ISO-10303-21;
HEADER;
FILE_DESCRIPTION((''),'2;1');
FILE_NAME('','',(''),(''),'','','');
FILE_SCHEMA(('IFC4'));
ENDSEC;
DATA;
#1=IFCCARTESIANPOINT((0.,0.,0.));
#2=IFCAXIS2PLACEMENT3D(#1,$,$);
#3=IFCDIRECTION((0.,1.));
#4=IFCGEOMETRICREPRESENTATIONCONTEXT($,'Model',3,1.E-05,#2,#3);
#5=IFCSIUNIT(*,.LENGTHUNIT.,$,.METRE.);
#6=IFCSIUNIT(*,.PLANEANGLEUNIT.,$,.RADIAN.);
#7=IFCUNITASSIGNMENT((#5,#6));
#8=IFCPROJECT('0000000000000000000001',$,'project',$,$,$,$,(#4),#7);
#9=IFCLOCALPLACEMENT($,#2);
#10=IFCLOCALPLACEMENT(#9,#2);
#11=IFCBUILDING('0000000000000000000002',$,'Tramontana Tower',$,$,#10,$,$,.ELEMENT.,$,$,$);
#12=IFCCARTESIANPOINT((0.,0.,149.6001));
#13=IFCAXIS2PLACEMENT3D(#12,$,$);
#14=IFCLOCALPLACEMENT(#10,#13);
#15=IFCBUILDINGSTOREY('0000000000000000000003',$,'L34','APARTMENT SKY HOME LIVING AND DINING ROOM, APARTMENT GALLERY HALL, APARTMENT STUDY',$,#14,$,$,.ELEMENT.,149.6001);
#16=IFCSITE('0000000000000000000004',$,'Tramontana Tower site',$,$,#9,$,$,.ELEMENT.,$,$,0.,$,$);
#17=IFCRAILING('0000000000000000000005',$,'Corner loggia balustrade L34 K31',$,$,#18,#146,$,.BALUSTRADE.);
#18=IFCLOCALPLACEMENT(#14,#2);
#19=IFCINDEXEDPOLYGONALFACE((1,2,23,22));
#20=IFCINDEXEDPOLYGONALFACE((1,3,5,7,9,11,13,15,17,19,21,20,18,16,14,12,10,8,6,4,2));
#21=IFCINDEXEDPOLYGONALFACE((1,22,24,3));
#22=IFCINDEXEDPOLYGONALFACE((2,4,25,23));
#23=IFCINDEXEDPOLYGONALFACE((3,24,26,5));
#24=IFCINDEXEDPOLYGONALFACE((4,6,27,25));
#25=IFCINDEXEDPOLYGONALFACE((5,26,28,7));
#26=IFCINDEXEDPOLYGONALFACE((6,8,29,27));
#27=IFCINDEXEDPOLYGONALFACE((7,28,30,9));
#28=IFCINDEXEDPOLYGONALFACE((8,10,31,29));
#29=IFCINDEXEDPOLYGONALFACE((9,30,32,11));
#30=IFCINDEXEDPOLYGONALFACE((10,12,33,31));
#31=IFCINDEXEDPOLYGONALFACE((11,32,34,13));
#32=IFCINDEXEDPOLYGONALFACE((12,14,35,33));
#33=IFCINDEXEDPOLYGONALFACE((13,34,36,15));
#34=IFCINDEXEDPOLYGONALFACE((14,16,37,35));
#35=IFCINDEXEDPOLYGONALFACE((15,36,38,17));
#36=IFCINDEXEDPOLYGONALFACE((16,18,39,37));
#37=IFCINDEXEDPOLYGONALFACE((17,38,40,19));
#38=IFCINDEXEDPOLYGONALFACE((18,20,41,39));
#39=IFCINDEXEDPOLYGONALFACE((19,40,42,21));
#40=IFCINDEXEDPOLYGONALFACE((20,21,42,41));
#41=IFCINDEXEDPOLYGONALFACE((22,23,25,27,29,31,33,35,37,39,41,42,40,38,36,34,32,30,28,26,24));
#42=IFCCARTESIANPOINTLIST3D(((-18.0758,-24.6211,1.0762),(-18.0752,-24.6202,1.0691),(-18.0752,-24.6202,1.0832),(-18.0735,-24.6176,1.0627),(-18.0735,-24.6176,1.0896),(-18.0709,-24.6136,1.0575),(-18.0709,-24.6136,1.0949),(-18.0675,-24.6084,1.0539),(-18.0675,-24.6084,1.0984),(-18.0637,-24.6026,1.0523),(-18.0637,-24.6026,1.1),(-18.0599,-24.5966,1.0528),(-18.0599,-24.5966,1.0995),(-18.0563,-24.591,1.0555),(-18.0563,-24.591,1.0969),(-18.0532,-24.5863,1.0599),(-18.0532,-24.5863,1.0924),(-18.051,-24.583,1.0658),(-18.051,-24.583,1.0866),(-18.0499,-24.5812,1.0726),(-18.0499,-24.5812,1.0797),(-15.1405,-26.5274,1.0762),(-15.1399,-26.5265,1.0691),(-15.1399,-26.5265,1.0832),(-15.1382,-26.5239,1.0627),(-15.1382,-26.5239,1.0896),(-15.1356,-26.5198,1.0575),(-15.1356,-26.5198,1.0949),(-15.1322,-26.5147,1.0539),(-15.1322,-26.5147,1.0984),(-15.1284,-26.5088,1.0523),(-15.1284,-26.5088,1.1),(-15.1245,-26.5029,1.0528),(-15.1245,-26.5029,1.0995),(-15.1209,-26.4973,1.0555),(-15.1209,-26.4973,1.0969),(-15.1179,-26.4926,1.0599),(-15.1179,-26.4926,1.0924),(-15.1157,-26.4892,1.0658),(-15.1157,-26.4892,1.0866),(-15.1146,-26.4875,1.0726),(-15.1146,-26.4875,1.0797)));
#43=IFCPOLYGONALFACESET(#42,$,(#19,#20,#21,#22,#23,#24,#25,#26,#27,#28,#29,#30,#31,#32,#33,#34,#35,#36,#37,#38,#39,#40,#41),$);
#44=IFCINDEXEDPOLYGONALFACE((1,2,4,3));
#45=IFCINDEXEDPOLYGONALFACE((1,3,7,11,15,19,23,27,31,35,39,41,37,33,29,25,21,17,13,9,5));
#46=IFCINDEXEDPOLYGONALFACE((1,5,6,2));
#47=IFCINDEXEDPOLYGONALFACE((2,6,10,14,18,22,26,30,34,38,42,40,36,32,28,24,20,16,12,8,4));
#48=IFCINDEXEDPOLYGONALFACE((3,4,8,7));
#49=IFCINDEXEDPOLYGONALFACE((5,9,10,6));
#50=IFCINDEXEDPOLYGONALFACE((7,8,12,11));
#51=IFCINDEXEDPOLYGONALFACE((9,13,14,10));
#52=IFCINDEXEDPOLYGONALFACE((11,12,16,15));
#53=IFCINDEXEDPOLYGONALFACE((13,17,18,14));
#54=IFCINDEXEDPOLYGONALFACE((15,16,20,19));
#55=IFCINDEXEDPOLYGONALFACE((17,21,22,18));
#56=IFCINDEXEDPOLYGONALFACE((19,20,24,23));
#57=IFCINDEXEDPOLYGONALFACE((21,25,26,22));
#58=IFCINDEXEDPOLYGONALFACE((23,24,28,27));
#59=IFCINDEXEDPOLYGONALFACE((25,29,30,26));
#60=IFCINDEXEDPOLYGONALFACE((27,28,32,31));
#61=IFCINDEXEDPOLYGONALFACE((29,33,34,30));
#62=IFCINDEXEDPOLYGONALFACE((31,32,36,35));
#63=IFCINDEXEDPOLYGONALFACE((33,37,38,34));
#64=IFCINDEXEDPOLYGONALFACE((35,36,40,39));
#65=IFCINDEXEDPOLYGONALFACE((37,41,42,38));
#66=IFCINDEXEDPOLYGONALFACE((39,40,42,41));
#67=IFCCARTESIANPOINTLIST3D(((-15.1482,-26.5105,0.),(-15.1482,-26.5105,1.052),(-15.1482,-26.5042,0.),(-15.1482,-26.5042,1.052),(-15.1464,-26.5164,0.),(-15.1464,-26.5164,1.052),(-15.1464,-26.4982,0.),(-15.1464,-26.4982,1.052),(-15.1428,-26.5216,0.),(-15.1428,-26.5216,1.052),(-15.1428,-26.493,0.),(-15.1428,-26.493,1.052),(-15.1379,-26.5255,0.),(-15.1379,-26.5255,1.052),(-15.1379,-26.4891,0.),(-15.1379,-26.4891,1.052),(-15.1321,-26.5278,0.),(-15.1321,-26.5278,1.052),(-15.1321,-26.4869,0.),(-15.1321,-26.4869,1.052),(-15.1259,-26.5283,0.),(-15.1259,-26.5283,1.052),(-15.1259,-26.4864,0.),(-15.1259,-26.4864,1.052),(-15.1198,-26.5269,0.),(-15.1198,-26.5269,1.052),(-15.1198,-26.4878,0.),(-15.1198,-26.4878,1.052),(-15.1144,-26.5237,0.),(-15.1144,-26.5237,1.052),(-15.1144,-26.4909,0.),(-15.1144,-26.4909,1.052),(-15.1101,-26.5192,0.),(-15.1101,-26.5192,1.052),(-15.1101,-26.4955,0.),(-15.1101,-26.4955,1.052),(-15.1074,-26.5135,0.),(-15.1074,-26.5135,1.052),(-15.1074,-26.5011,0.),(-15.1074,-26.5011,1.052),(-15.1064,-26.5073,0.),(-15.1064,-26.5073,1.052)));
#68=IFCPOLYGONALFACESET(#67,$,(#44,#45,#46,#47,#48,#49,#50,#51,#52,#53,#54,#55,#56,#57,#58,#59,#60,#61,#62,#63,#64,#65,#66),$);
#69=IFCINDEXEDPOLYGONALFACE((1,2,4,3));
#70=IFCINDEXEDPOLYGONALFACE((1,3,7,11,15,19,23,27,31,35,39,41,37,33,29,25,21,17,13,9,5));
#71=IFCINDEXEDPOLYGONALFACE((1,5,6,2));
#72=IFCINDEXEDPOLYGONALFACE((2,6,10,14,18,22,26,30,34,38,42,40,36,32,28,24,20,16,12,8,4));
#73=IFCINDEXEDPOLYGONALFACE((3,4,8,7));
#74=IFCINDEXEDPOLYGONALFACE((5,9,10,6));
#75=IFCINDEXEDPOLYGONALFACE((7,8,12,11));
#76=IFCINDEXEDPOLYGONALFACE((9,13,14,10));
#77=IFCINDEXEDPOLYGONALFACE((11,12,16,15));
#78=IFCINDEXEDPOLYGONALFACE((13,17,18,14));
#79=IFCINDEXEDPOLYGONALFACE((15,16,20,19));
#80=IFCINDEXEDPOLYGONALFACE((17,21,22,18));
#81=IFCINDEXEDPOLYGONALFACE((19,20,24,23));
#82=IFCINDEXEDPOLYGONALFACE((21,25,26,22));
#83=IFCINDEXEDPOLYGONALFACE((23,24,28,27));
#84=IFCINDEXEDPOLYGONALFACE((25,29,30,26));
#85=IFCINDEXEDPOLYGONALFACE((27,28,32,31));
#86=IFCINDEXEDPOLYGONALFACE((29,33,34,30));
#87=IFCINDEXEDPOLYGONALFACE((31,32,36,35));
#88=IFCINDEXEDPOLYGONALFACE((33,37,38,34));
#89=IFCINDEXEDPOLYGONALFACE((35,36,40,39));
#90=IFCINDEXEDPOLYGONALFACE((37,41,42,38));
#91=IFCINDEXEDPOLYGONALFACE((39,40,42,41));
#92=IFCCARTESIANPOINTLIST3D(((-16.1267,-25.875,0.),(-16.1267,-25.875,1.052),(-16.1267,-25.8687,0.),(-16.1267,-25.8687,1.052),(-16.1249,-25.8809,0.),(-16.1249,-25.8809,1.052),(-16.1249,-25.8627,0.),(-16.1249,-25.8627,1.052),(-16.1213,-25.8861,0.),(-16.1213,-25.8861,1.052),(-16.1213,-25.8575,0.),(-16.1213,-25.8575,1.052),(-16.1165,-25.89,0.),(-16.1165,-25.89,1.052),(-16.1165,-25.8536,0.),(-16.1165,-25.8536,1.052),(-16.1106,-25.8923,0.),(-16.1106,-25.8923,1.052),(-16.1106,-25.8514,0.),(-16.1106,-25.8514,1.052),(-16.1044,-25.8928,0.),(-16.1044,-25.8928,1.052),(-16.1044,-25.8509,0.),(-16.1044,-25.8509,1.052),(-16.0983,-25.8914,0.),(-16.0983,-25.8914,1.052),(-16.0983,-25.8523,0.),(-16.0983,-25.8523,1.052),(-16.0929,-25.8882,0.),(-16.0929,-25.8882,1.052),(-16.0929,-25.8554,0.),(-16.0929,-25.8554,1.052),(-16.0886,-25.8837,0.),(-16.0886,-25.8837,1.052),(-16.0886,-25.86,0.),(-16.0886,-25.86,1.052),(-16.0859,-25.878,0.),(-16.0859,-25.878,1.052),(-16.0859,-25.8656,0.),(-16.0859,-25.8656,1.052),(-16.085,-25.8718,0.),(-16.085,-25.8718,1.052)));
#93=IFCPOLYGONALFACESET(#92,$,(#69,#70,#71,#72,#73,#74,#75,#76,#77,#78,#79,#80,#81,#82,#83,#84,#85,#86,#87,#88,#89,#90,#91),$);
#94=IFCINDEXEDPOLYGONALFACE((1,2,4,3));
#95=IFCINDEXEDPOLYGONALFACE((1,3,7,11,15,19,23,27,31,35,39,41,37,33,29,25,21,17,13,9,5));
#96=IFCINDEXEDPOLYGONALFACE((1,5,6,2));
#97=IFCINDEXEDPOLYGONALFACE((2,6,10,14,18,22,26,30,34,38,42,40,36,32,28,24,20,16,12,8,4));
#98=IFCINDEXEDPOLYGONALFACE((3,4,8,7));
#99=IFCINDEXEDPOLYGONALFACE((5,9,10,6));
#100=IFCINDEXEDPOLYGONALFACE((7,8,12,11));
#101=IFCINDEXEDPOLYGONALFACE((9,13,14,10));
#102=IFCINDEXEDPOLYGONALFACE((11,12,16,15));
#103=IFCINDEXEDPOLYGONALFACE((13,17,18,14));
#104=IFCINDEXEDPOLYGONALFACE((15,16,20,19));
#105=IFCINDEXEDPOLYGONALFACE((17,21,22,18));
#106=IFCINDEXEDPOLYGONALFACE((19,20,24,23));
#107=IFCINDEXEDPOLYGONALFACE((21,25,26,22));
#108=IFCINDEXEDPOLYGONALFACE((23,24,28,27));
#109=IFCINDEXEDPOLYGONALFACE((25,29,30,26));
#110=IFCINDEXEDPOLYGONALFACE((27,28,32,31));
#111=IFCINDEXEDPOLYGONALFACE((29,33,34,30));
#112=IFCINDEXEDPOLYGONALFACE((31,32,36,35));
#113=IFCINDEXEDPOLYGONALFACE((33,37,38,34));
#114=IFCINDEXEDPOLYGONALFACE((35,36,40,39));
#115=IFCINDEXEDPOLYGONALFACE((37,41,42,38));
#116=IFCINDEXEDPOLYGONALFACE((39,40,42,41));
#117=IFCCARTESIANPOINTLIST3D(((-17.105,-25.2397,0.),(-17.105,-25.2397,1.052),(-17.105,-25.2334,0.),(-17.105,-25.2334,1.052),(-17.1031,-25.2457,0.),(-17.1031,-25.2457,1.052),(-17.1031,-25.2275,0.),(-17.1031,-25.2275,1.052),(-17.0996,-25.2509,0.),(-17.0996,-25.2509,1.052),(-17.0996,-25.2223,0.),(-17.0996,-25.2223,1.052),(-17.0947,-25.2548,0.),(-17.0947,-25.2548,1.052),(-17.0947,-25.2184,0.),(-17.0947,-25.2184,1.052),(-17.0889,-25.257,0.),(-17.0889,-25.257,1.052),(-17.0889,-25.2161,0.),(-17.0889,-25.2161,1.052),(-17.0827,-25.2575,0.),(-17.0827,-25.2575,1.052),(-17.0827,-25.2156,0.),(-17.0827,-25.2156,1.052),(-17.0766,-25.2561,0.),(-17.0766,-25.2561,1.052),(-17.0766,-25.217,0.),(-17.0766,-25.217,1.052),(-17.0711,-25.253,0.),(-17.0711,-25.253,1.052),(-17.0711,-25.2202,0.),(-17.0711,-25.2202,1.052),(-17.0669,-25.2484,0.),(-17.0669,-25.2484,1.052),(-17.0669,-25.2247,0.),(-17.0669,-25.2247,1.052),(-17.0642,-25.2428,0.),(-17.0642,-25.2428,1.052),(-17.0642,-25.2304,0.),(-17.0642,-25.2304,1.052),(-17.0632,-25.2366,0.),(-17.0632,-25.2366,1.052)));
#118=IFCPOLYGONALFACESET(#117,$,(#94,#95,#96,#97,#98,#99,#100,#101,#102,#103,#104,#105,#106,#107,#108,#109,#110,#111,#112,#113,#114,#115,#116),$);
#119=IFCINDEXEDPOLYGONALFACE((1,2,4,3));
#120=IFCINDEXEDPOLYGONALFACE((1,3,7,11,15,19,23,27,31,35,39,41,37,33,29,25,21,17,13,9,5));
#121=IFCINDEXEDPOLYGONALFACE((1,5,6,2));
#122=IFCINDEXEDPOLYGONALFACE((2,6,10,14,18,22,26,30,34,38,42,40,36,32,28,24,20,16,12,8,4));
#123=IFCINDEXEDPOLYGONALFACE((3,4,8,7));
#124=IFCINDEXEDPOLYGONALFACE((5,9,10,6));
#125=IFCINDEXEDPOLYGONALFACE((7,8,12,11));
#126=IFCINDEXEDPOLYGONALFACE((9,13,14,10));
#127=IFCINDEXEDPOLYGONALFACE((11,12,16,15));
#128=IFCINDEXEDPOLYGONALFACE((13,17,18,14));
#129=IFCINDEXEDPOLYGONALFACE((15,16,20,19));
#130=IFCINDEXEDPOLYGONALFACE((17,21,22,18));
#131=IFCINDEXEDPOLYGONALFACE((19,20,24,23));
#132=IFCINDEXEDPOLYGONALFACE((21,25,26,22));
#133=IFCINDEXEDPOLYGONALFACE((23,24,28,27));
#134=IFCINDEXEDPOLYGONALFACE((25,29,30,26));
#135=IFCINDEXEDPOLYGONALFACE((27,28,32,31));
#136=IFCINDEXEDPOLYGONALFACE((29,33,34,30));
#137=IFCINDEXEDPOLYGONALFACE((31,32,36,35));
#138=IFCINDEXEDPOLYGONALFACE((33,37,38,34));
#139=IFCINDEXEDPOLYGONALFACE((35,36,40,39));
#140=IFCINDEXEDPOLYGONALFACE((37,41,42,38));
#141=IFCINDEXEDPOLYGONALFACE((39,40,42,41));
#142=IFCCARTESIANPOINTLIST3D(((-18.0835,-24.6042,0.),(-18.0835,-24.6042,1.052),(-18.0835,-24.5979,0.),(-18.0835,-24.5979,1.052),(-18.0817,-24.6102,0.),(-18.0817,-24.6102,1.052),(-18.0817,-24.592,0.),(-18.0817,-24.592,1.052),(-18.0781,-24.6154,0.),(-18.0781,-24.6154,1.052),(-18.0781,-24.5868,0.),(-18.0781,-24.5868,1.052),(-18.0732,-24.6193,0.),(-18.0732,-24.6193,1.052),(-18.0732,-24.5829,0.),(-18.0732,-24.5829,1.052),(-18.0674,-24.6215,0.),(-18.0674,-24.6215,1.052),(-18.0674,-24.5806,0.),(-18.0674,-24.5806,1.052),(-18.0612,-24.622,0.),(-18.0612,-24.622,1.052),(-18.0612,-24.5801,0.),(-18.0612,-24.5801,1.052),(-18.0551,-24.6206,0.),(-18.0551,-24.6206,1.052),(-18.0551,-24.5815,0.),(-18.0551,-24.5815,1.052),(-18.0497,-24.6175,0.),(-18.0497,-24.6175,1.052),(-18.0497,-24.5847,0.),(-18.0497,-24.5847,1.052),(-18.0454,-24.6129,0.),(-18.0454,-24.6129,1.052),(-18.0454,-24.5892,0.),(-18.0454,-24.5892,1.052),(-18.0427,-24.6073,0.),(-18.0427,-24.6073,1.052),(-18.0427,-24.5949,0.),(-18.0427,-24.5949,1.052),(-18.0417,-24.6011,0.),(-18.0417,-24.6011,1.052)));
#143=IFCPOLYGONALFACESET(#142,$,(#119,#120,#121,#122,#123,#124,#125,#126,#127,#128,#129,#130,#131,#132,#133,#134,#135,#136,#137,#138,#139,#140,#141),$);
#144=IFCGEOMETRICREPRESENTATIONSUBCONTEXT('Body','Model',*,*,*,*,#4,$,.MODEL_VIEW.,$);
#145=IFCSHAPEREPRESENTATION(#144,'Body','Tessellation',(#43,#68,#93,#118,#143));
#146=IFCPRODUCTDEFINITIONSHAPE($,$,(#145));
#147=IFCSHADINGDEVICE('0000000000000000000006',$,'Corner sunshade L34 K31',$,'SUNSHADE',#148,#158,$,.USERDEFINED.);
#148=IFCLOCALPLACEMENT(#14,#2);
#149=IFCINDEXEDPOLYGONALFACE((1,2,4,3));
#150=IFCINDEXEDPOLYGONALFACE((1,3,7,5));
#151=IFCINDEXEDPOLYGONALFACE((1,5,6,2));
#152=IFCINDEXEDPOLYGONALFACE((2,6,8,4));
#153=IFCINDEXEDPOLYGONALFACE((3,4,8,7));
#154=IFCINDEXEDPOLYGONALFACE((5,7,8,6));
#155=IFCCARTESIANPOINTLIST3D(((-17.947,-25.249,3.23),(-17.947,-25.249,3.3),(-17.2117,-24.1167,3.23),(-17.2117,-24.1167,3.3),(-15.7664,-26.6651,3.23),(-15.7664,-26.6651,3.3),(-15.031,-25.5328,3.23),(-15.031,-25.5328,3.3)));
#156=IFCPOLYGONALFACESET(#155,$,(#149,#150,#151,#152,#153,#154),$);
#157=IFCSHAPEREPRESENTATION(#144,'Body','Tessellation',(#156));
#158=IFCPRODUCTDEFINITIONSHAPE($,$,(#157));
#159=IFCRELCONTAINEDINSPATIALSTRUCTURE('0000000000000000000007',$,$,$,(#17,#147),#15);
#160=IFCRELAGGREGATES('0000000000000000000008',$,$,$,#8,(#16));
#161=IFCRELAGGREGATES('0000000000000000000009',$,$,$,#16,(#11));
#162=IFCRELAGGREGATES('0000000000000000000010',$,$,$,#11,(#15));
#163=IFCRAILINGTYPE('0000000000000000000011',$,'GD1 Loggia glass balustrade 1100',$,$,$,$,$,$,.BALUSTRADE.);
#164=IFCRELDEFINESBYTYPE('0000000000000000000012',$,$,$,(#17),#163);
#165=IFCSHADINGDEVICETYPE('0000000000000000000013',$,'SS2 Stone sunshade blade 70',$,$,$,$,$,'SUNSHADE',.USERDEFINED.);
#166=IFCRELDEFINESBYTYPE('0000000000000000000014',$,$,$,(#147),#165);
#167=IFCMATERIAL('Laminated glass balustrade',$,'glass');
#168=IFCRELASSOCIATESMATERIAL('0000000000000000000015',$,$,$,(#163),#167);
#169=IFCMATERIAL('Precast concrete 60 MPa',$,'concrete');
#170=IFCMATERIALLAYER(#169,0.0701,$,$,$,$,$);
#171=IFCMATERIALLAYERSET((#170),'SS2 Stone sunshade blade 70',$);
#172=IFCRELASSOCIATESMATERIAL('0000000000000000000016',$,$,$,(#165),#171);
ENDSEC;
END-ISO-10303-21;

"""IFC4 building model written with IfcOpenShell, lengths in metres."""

from ifc_helpers import new_model, si_unit, direction, frame, origin, origin_2d, place, context, subcontext, project, spatial, rectangle, circle, extrude, material, layer, layer_set, type_object, element, save


model = new_model("IFC4")

# Units and contexts
model_context = context("Model", 3, precision=1e-05, world=origin(), true_north=direction((0.0, 1.0)))
body_context = subcontext(model_context, "Body", "Model", "MODEL_VIEW")
ifc_project = project(units=[si_unit("LENGTHUNIT", "METRE"), si_unit("PLANEANGLEUNIT", "RADIAN")], contexts=[model_context])

# Site, building, storey
site_placement = place(None, origin())
site = spatial("IfcSite", under=ifc_project, at=site_placement, Name="Tramontana Tower site", CompositionType="ELEMENT", RefElevation=0.0)
building_placement = place(site_placement, origin())
building = spatial("IfcBuilding", under=site, at=building_placement, Name="Tramontana Tower", CompositionType="ELEMENT")
storey_placement = place(building_placement, frame((0.0, 0.0, 149.6001)))
storey = spatial("IfcBuildingStorey", under=building, at=storey_placement, Name="L34", Description="APARTMENT SKY HOME LIVING AND DINING ROOM, APARTMENT GALLERY HALL, APARTMENT STUDY", CompositionType="ELEMENT", Elevation=149.6001)

# Railing
ifc_material_1 = material(Name="Laminated glass balustrade", Category="glass")
railing_type = type_object("IfcRailingType", Name="GD1 Loggia glass balustrade 1100", PredefinedType="BALUSTRADE", material=ifc_material_1)
railing_1_placement = place(storey_placement, frame((-15.1274, -26.5073, 0.0)))
element("IfcRailing", 1, at=railing_1_placement, inside=storey, type_object=railing_type, Name="Corner loggia balustrade L34 K31", PredefinedType="BALUSTRADE", context=body_context, shape_type="SweptSolid", body=[
    extrude(circle(Radius=0.0239, at=origin_2d()), frame((0.0, 0.0, 1.0762), z_axis=(-0.838665, 0.544647, 0.0), x_axis=(-0.544647, -0.838665, 0.0)), (0.0, 0.0, 1.0), 3.5),
    extrude(circle(Radius=0.021, at=origin_2d()), origin(), (0.0, 0.0, 1.0), 1.052),
    extrude(circle(Radius=0.021, at=origin_2d()), frame((-0.9785, 0.6355, 0.0)), (0.0, 0.0, 1.0), 1.052),
    extrude(circle(Radius=0.021, at=origin_2d()), frame((-1.9568, 1.2708, 0.0)), (0.0, 0.0, 1.0), 1.052),
    extrude(circle(Radius=0.021, at=origin_2d()), frame((-2.9353, 1.9062, 0.0)), (0.0, 0.0, 1.0), 1.052),
])

# Shading device
ifc_material_2 = material(Name="Precast concrete 60 MPa", Category="concrete")
ifc_layer_1 = layer(ifc_material_2, 0.0701)
ifc_layer_set_1 = layer_set([ifc_layer_1], Name="SS2 Stone sunshade blade 70")
shading_device_type = type_object("IfcShadingDeviceType", Name="SS2 Stone sunshade blade 70", ElementType="SUNSHADE", PredefinedType="USERDEFINED", material=ifc_layer_set_1)
shading_device_placement = place(storey_placement, frame((-16.489, -25.3909, 3.23), z_axis=(0.0, 0.0, 1.0), x_axis=(-0.838671, 0.544639, 0.0)))
element("IfcShadingDevice", 2, at=shading_device_placement, inside=storey, type_object=shading_device_type, Name="Corner sunshade L34 K31", ObjectType="SUNSHADE", PredefinedType="USERDEFINED", context=body_context, shape_type="SweptSolid", body=[
    extrude(rectangle(XDim=2.6001, YDim=1.3501, at=origin_2d()), origin(), (0.0, 0.0, 1.0), 0.0701),
])

save(model, "model.ifc")
